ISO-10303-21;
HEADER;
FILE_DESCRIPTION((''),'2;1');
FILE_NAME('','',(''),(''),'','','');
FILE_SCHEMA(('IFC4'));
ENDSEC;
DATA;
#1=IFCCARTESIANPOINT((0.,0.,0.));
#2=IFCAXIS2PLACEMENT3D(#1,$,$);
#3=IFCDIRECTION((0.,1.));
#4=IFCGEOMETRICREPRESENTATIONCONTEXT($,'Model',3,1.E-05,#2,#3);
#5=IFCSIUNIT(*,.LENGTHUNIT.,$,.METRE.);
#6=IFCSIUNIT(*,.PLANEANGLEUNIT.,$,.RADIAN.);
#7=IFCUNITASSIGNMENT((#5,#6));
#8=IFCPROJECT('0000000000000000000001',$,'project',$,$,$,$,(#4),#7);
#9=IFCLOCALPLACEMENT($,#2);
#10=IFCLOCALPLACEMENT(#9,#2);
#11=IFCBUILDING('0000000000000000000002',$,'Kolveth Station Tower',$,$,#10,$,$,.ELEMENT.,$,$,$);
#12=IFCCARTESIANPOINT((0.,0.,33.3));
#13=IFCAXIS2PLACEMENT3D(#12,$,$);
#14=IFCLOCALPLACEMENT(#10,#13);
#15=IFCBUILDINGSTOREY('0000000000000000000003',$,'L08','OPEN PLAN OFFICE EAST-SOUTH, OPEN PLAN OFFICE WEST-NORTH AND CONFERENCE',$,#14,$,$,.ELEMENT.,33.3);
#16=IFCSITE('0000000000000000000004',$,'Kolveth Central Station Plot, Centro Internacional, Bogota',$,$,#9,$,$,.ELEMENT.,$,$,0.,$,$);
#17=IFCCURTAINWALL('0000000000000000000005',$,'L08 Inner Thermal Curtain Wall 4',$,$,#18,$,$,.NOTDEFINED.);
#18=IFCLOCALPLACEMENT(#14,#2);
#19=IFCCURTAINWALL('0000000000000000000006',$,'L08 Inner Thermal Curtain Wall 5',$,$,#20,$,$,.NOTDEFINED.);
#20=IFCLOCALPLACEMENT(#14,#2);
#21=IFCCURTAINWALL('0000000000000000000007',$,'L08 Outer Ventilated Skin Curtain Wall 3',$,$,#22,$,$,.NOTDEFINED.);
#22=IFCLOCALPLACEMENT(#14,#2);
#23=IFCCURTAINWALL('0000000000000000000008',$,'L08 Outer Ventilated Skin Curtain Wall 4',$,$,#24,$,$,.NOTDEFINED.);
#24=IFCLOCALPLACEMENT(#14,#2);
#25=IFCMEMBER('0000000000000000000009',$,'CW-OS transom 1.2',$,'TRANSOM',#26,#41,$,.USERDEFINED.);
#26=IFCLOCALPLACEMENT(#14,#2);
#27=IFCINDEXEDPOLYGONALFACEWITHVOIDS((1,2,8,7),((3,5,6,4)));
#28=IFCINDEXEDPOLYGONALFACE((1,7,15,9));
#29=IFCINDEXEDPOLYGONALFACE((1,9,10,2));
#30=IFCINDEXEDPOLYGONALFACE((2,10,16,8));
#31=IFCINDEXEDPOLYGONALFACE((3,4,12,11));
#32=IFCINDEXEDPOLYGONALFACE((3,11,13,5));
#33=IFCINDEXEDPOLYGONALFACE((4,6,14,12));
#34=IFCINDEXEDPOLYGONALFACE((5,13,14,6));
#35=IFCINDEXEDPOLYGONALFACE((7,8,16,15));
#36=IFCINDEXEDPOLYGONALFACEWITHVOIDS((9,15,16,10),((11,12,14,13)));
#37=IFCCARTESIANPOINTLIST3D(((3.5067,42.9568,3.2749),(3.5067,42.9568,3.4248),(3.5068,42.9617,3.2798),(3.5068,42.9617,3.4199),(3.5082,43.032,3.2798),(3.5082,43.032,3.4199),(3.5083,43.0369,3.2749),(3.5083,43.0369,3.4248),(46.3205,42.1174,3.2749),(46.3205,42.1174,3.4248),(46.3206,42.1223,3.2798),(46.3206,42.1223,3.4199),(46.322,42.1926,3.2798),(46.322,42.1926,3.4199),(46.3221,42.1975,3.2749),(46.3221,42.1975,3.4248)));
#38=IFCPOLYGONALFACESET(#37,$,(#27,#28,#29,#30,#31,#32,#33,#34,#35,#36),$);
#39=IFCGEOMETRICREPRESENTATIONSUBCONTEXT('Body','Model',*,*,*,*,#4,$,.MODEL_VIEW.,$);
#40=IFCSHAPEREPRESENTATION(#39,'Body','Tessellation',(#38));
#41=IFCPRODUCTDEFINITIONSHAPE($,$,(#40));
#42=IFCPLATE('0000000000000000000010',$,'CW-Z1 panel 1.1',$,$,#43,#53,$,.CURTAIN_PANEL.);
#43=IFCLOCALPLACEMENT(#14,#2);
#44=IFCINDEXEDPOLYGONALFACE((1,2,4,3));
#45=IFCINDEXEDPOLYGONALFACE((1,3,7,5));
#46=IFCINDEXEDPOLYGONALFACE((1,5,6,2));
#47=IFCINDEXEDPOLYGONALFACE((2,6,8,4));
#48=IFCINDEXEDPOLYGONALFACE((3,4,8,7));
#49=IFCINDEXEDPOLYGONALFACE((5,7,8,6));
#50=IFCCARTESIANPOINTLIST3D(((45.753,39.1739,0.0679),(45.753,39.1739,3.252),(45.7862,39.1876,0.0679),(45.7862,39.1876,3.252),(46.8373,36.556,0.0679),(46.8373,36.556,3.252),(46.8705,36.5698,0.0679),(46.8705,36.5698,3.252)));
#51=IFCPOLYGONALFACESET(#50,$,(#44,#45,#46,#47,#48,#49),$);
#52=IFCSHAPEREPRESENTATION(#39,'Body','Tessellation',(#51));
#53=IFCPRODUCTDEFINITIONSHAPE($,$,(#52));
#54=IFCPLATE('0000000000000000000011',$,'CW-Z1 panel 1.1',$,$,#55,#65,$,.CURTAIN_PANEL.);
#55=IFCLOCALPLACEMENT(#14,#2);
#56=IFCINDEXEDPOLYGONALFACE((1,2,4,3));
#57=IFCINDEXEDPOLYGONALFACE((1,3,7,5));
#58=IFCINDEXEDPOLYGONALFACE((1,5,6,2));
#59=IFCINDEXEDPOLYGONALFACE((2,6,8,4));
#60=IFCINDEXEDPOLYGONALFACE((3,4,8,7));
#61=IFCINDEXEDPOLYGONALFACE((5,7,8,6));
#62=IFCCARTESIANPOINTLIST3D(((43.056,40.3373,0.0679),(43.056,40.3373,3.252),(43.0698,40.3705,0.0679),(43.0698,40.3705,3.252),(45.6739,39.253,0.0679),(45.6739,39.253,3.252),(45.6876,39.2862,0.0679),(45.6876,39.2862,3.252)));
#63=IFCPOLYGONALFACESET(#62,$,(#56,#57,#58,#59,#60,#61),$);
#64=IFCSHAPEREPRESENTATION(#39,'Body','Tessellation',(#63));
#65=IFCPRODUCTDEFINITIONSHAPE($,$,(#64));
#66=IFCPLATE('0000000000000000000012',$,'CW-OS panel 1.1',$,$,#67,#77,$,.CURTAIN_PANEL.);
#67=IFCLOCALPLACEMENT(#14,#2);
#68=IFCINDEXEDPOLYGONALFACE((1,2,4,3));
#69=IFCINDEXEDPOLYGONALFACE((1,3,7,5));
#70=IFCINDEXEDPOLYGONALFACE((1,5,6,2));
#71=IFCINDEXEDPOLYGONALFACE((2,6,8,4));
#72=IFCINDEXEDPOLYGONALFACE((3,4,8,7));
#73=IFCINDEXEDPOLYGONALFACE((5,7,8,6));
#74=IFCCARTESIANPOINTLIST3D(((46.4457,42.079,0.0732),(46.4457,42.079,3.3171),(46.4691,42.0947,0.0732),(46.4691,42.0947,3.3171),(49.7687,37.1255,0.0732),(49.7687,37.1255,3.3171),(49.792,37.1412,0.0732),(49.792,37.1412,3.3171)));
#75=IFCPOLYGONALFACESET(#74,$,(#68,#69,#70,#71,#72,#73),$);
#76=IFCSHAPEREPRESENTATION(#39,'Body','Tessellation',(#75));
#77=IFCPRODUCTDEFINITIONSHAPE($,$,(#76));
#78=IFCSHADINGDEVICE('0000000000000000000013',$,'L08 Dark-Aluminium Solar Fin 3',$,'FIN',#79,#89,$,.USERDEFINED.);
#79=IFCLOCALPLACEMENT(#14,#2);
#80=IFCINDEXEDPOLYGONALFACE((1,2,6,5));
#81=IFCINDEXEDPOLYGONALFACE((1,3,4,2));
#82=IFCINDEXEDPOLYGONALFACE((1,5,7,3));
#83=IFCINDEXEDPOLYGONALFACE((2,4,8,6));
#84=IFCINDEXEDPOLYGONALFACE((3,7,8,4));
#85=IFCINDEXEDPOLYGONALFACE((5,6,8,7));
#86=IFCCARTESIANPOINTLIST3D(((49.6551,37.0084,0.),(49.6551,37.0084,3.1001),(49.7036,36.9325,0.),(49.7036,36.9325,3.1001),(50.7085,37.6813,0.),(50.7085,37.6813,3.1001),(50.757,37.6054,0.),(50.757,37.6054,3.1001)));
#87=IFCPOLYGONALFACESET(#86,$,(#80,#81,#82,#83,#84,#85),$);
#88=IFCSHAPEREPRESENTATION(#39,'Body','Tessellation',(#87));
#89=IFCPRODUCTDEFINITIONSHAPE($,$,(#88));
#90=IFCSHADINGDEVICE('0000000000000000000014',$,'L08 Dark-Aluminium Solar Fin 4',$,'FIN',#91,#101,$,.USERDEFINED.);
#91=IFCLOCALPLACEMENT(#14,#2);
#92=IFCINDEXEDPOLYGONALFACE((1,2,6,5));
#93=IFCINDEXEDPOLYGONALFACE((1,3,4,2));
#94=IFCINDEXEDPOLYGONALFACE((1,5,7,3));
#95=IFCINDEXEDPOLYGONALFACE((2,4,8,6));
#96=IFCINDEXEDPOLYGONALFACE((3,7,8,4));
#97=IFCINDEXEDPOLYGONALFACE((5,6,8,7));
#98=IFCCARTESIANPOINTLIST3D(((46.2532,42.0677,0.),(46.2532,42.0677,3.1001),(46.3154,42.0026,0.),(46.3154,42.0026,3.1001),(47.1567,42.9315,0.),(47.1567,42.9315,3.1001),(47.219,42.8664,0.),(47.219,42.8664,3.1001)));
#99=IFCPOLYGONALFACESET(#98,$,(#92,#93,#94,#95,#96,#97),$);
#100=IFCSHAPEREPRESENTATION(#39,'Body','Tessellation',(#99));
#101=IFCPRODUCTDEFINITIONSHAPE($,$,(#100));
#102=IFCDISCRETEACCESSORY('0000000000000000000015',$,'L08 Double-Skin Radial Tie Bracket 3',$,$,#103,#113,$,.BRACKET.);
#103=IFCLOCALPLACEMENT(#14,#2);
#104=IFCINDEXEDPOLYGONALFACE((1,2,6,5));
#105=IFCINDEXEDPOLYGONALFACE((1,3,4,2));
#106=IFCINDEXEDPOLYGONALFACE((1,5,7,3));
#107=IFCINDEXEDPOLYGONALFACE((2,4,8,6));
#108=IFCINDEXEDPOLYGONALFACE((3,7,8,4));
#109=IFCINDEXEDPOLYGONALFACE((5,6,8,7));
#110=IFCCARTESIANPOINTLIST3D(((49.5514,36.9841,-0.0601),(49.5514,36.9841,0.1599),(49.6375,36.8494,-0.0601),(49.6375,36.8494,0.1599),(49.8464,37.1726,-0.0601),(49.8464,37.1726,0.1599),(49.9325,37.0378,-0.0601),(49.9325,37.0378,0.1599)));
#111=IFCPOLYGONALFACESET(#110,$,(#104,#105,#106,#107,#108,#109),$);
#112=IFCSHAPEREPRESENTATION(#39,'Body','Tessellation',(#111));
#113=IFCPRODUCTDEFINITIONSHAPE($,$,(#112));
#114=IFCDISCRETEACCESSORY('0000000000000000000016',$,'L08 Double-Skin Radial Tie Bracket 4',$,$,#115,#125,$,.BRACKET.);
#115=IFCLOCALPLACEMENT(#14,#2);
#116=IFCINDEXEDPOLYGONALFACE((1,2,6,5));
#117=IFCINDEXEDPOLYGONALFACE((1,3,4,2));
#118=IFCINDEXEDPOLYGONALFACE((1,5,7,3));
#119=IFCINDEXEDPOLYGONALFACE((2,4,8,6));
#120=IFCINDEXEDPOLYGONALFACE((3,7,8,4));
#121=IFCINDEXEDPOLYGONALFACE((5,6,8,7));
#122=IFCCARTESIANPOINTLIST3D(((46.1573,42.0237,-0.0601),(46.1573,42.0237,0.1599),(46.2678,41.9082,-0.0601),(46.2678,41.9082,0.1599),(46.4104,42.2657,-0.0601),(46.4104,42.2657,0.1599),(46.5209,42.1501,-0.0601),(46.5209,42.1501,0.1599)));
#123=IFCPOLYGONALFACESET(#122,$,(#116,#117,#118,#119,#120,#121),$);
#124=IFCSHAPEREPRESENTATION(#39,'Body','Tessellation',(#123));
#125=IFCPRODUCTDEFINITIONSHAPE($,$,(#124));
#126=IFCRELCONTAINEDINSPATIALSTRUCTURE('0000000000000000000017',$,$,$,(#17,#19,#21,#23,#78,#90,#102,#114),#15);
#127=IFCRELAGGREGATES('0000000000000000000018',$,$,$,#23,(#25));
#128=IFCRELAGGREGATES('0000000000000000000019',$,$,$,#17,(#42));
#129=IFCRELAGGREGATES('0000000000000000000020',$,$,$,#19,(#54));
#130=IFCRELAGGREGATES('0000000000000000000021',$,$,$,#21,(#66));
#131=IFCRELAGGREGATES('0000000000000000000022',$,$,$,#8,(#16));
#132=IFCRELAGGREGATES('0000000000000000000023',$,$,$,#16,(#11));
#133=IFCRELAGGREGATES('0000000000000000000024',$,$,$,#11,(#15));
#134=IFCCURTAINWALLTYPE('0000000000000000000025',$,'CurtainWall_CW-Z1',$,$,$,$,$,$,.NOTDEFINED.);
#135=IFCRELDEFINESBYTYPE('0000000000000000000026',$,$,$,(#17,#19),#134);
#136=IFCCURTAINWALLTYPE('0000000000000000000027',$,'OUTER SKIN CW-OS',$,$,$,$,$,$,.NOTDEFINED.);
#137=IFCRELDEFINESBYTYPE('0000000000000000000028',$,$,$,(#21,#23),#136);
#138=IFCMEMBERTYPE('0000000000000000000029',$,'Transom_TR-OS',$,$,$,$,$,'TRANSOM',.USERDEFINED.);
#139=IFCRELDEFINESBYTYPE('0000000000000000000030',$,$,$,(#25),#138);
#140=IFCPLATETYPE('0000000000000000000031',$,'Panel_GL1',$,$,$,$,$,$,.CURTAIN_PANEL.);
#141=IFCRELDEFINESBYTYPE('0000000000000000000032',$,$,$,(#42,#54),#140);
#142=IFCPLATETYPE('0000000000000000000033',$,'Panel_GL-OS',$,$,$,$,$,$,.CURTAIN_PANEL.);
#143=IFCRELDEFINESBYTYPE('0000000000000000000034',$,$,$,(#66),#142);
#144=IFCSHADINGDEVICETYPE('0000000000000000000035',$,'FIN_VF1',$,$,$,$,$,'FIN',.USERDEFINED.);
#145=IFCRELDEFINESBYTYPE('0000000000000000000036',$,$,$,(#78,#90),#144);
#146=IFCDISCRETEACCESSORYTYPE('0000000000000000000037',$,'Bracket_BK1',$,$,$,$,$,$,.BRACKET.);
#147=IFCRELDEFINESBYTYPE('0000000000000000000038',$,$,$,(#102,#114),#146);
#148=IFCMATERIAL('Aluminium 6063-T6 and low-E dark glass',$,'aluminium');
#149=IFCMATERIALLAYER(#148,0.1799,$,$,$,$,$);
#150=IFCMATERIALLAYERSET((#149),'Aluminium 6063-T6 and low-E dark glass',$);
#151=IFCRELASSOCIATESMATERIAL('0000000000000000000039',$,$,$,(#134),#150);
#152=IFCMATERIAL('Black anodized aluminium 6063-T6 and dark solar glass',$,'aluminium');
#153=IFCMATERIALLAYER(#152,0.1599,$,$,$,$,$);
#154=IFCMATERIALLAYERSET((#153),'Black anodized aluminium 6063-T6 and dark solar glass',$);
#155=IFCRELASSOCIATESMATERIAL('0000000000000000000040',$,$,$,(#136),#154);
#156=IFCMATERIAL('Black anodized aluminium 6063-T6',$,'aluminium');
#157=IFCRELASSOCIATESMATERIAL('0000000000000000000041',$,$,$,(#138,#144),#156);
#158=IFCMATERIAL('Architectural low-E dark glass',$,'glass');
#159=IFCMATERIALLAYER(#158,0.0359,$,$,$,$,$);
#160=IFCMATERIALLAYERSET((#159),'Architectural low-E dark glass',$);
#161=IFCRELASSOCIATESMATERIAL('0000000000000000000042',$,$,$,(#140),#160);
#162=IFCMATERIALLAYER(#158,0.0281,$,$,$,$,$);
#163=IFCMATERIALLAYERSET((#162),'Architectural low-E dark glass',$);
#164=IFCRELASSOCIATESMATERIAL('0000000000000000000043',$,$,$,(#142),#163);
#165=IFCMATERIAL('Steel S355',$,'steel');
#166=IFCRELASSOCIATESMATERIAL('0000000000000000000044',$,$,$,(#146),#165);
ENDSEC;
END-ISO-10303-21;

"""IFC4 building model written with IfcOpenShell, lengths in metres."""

from ifc_helpers import new_model, si_unit, direction, frame, origin, origin_2d, place, context, subcontext, project, spatial, rectangle, hollow_rectangle, extrude, source, transform, mapped, material, layer, layer_set, material_profile, profile_set, type_object, element, aggregate, save


model = new_model("IFC4")

# Units and contexts
model_context = context("Model", 3, precision=1e-05, world=origin(), true_north=direction((0.0, 1.0)))
body_context = subcontext(model_context, "Body", "Model", "MODEL_VIEW")
ifc_project = project(units=[si_unit("LENGTHUNIT", "METRE"), si_unit("PLANEANGLEUNIT", "RADIAN")], contexts=[model_context])

# Site, building, storey
site_placement = place(None, origin())
site = spatial("IfcSite", under=ifc_project, at=site_placement, Name="Kolveth Central Station Plot, Centro Internacional, Bogota", CompositionType="ELEMENT", RefElevation=0.0)
building_placement = place(site_placement, origin())
building = spatial("IfcBuilding", under=site, at=building_placement, Name="Kolveth Station Tower", CompositionType="ELEMENT")
storey_placement = place(building_placement, frame((0.0, 0.0, 33.3)))
storey = spatial("IfcBuildingStorey", under=building, at=storey_placement, Name="L08", Description="OPEN PLAN OFFICE EAST-SOUTH, OPEN PLAN OFFICE WEST-NORTH AND CONFERENCE", CompositionType="ELEMENT", Elevation=33.3)

# Shared definitions
ifc_material_1 = material(Name="Steel S355", Category="steel")

# Curtain wall
ifc_material_2 = material(Name="Aluminium 6063-T6 and low-E dark glass", Category="aluminium")
ifc_layer_1 = layer(ifc_material_2, 0.1799)
ifc_layer_set_1 = layer_set([ifc_layer_1], Name="Aluminium 6063-T6 and low-E dark glass")
curtain_wall_type_1 = type_object("IfcCurtainWallType", Name="CurtainWall_CW-Z1", PredefinedType="NOTDEFINED", material=ifc_layer_set_1)
curtain_wall_1_placement = place(storey_placement, origin())
curtain_wall_1 = element("IfcCurtainWall", 1, at=curtain_wall_1_placement, inside=storey, type_object=curtain_wall_type_1, Name="L08 Inner Thermal Curtain Wall 4", PredefinedType="NOTDEFINED")
ifc_material_3 = material(Name="Black anodized aluminium 6063-T6", Category="aluminium")

# Curtain wall
curtain_wall_2_placement = place(storey_placement, origin())
curtain_wall_2 = element("IfcCurtainWall", 2, at=curtain_wall_2_placement, inside=storey, type_object=curtain_wall_type_1, Name="L08 Inner Thermal Curtain Wall 5", PredefinedType="NOTDEFINED")

# Shared definitions
ifc_material_4 = material(Name="Black anodized aluminium 6063-T6 and dark solar glass", Category="aluminium")
ifc_layer_2 = layer(ifc_material_4, 0.1599)
ifc_layer_set_2 = layer_set([ifc_layer_2], Name="Black anodized aluminium 6063-T6 and dark solar glass")
curtain_wall_type_2 = type_object("IfcCurtainWallType", Name="OUTER SKIN CW-OS", PredefinedType="NOTDEFINED", material=ifc_layer_set_2)

# Curtain wall
curtain_wall_3_placement = place(storey_placement, origin())
curtain_wall_3 = element("IfcCurtainWall", 3, at=curtain_wall_3_placement, inside=storey, type_object=curtain_wall_type_2, Name="L08 Outer Ventilated Skin Curtain Wall 3", PredefinedType="NOTDEFINED")

# Curtain wall
curtain_wall_4_placement = place(storey_placement, origin())
curtain_wall_4 = element("IfcCurtainWall", 4, at=curtain_wall_4_placement, inside=storey, type_object=curtain_wall_type_2, Name="L08 Outer Ventilated Skin Curtain Wall 4", PredefinedType="NOTDEFINED")

# Member
ifc_material_profile_1 = material_profile(ifc_material_3, hollow_rectangle(XDim=0.0801, YDim=0.1499, WallThickness=0.0049, at=origin_2d()), Name="ALU-80x150x5")
ifc_profile_set_1 = profile_set([ifc_material_profile_1], Name="Black anodized aluminium 6063-T6")
member_type_1 = type_object("IfcMemberType", Name="Transom_TR-OS", ElementType="TRANSOM", PredefinedType="USERDEFINED", material=ifc_profile_set_1)
shared_shape_1 = source(origin(), body_context, "Body", "SweptSolid", [
    extrude(hollow_rectangle(XDim=0.0801, YDim=0.1499, WallThickness=0.0049, at=origin_2d()), origin(), (0.0, 0.0, 1.0), 42.822),
])
member_1_placement = place(storey_placement, frame((46.3213, 42.1575, 3.3499), z_axis=(-0.999808, 0.019601, 0.0), x_axis=(-0.019601, -0.999808, 0.0)))
member_1 = element("IfcMember", 5, at=member_1_placement, type_object=member_type_1, Name="CW-OS transom 1.2", ObjectType="TRANSOM", PredefinedType="USERDEFINED", context=body_context, shape_type="MappedRepresentation", body=[
    mapped(shared_shape_1, transform((0.0, 0.0, 0.0), x_axis=(1.0, 0.0, 0.0), y_axis=(0.0, 1.0, 0.0), z_axis=(0.0, 0.0, 1.0), scale=1.0)),
])
aggregate(curtain_wall_4, [member_1])

# Plates
ifc_material_5 = material(Name="Architectural low-E dark glass", Category="glass")
ifc_layer_3 = layer(ifc_material_5, 0.0359)
ifc_layer_set_3 = layer_set([ifc_layer_3], Name="Architectural low-E dark glass")
plate_type_1 = type_object("IfcPlateType", Name="Panel_GL1", PredefinedType="CURTAIN_PANEL", material=ifc_layer_set_3)
shared_shape_2 = source(origin(), body_context, "Body", "SweptSolid", [
    extrude(rectangle(XDim=2.8335, YDim=0.0359, at=origin_2d()), origin(), (0.0, 0.0, 1.0), 3.1841),
])
plate_1_placement = place(storey_placement, frame((46.3118, 37.8718, 0.0679), z_axis=(0.0, 0.0, 1.0), x_axis=(-0.382673, 0.923884, 0.0)))
plate_1 = element("IfcPlate", 6, at=plate_1_placement, type_object=plate_type_1, Name="CW-Z1 panel 1.1", PredefinedType="CURTAIN_PANEL", context=body_context, shape_type="MappedRepresentation", body=[
    mapped(shared_shape_2, transform((0.0, 0.0, 0.0), x_axis=(1.0, 0.0, 0.0), y_axis=(0.0, 1.0, 0.0), z_axis=(0.0, 0.0, 1.0), scale=1.0)),
])
aggregate(curtain_wall_1, [plate_1])
plate_2_placement = place(storey_placement, frame((44.3718, 39.8118, 0.0679), z_axis=(0.0, 0.0, 1.0), x_axis=(-0.923884, 0.382673, 0.0)))
plate_2 = element("IfcPlate", 7, at=plate_2_placement, type_object=plate_type_1, Name="CW-Z1 panel 1.1", PredefinedType="CURTAIN_PANEL", context=body_context, shape_type="MappedRepresentation", body=[
    mapped(shared_shape_2, transform((0.0, 0.0, 0.0), x_axis=(1.0, 0.0, 0.0), y_axis=(0.0, 1.0, 0.0), z_axis=(0.0, 0.0, 1.0), scale=1.0)),
])
aggregate(curtain_wall_2, [plate_2])
ifc_layer_4 = layer(ifc_material_5, 0.0281)
ifc_layer_set_4 = layer_set([ifc_layer_4], Name="Architectural low-E dark glass")
plate_type_2 = type_object("IfcPlateType", Name="Panel_GL-OS", PredefinedType="CURTAIN_PANEL", material=ifc_layer_set_4)
shared_shape_3 = source(origin(), body_context, "Body", "SweptSolid", [
    extrude(rectangle(XDim=5.9648, YDim=0.0281, at=origin_2d()), origin(), (0.0, 0.0, 1.0), 3.2439),
])
plate_3_placement = place(storey_placement, frame((48.1189, 39.6101, 0.0732), z_axis=(0.0, 0.0, 1.0), x_axis=(-0.557096, 0.830448, 0.0)))
plate_3 = element("IfcPlate", 8, at=plate_3_placement, type_object=plate_type_2, Name="CW-OS panel 1.1", PredefinedType="CURTAIN_PANEL", context=body_context, shape_type="MappedRepresentation", body=[
    mapped(shared_shape_3, transform((0.0, 0.0, 0.0), x_axis=(1.0, 0.0, 0.0), y_axis=(0.0, 1.0, 0.0), z_axis=(0.0, 0.0, 1.0), scale=1.0)),
])
aggregate(curtain_wall_3, [plate_3])

# Shading devices
shading_device_type = type_object("IfcShadingDeviceType", Name="FIN_VF1", ElementType="FIN", PredefinedType="USERDEFINED", material=ifc_material_3)
shared_shape_4 = source(origin(), body_context, "Body", "SweptSolid", [
    extrude(rectangle(XDim=1.25, YDim=0.0901, at=origin_2d()), origin(), (0.0, 0.0, 1.0), 3.1001),
])
for number, where, z_axis, x_axis, name in (
    (9, (50.2061, 37.3069, 0.0), (0.0, 0.0, 1.0), (0.842734, 0.53833, 0.0), "L08 Dark-Aluminium Solar Fin 3"),
    (10, (46.7361, 42.467, 0.0), (0.0, 0.0, 1.0), (0.722847, 0.691009, 0.0), "L08 Dark-Aluminium Solar Fin 4"),
):
    element("IfcShadingDevice", number, at=place(storey_placement, frame(where, z_axis=z_axis, x_axis=x_axis)), inside=storey, type_object=shading_device_type, Name=name, ObjectType="FIN", PredefinedType="USERDEFINED", context=body_context, shape_type="MappedRepresentation", body=[
        mapped(shared_shape_4, transform((0.0, 0.0, 0.0), x_axis=(1.0, 0.0, 0.0), y_axis=(0.0, 1.0, 0.0), z_axis=(0.0, 0.0, 1.0), scale=1.0)),
    ])

# Discrete accessories
discrete_accessory_type = type_object("IfcDiscreteAccessoryType", Name="Bracket_BK1", PredefinedType="BRACKET", material=ifc_material_1)
shared_shape_5 = source(origin(), body_context, "Body", "SweptSolid", [
    extrude(rectangle(XDim=0.3501, YDim=0.1599, at=origin_2d()), origin(), (0.0, 0.0, 1.0), 0.22),
])
for number, where, z_axis, x_axis, name in (
    (11, (49.7419, 37.011, -0.0601), (0.0, 0.0, 1.0), (0.842734, 0.53833, 0.0), "L08 Double-Skin Radial Tie Bracket 3"),
    (12, (46.3391, 42.0869, -0.0601), (0.0, 0.0, 1.0), (0.722847, 0.691009, 0.0), "L08 Double-Skin Radial Tie Bracket 4"),
):
    element("IfcDiscreteAccessory", number, at=place(storey_placement, frame(where, z_axis=z_axis, x_axis=x_axis)), inside=storey, type_object=discrete_accessory_type, Name=name, PredefinedType="BRACKET", context=body_context, shape_type="MappedRepresentation", body=[
        mapped(shared_shape_5, transform((0.0, 0.0, 0.0), x_axis=(1.0, 0.0, 0.0), y_axis=(0.0, 1.0, 0.0), z_axis=(0.0, 0.0, 1.0), scale=1.0)),
    ])

save(model, "model.ifc")
